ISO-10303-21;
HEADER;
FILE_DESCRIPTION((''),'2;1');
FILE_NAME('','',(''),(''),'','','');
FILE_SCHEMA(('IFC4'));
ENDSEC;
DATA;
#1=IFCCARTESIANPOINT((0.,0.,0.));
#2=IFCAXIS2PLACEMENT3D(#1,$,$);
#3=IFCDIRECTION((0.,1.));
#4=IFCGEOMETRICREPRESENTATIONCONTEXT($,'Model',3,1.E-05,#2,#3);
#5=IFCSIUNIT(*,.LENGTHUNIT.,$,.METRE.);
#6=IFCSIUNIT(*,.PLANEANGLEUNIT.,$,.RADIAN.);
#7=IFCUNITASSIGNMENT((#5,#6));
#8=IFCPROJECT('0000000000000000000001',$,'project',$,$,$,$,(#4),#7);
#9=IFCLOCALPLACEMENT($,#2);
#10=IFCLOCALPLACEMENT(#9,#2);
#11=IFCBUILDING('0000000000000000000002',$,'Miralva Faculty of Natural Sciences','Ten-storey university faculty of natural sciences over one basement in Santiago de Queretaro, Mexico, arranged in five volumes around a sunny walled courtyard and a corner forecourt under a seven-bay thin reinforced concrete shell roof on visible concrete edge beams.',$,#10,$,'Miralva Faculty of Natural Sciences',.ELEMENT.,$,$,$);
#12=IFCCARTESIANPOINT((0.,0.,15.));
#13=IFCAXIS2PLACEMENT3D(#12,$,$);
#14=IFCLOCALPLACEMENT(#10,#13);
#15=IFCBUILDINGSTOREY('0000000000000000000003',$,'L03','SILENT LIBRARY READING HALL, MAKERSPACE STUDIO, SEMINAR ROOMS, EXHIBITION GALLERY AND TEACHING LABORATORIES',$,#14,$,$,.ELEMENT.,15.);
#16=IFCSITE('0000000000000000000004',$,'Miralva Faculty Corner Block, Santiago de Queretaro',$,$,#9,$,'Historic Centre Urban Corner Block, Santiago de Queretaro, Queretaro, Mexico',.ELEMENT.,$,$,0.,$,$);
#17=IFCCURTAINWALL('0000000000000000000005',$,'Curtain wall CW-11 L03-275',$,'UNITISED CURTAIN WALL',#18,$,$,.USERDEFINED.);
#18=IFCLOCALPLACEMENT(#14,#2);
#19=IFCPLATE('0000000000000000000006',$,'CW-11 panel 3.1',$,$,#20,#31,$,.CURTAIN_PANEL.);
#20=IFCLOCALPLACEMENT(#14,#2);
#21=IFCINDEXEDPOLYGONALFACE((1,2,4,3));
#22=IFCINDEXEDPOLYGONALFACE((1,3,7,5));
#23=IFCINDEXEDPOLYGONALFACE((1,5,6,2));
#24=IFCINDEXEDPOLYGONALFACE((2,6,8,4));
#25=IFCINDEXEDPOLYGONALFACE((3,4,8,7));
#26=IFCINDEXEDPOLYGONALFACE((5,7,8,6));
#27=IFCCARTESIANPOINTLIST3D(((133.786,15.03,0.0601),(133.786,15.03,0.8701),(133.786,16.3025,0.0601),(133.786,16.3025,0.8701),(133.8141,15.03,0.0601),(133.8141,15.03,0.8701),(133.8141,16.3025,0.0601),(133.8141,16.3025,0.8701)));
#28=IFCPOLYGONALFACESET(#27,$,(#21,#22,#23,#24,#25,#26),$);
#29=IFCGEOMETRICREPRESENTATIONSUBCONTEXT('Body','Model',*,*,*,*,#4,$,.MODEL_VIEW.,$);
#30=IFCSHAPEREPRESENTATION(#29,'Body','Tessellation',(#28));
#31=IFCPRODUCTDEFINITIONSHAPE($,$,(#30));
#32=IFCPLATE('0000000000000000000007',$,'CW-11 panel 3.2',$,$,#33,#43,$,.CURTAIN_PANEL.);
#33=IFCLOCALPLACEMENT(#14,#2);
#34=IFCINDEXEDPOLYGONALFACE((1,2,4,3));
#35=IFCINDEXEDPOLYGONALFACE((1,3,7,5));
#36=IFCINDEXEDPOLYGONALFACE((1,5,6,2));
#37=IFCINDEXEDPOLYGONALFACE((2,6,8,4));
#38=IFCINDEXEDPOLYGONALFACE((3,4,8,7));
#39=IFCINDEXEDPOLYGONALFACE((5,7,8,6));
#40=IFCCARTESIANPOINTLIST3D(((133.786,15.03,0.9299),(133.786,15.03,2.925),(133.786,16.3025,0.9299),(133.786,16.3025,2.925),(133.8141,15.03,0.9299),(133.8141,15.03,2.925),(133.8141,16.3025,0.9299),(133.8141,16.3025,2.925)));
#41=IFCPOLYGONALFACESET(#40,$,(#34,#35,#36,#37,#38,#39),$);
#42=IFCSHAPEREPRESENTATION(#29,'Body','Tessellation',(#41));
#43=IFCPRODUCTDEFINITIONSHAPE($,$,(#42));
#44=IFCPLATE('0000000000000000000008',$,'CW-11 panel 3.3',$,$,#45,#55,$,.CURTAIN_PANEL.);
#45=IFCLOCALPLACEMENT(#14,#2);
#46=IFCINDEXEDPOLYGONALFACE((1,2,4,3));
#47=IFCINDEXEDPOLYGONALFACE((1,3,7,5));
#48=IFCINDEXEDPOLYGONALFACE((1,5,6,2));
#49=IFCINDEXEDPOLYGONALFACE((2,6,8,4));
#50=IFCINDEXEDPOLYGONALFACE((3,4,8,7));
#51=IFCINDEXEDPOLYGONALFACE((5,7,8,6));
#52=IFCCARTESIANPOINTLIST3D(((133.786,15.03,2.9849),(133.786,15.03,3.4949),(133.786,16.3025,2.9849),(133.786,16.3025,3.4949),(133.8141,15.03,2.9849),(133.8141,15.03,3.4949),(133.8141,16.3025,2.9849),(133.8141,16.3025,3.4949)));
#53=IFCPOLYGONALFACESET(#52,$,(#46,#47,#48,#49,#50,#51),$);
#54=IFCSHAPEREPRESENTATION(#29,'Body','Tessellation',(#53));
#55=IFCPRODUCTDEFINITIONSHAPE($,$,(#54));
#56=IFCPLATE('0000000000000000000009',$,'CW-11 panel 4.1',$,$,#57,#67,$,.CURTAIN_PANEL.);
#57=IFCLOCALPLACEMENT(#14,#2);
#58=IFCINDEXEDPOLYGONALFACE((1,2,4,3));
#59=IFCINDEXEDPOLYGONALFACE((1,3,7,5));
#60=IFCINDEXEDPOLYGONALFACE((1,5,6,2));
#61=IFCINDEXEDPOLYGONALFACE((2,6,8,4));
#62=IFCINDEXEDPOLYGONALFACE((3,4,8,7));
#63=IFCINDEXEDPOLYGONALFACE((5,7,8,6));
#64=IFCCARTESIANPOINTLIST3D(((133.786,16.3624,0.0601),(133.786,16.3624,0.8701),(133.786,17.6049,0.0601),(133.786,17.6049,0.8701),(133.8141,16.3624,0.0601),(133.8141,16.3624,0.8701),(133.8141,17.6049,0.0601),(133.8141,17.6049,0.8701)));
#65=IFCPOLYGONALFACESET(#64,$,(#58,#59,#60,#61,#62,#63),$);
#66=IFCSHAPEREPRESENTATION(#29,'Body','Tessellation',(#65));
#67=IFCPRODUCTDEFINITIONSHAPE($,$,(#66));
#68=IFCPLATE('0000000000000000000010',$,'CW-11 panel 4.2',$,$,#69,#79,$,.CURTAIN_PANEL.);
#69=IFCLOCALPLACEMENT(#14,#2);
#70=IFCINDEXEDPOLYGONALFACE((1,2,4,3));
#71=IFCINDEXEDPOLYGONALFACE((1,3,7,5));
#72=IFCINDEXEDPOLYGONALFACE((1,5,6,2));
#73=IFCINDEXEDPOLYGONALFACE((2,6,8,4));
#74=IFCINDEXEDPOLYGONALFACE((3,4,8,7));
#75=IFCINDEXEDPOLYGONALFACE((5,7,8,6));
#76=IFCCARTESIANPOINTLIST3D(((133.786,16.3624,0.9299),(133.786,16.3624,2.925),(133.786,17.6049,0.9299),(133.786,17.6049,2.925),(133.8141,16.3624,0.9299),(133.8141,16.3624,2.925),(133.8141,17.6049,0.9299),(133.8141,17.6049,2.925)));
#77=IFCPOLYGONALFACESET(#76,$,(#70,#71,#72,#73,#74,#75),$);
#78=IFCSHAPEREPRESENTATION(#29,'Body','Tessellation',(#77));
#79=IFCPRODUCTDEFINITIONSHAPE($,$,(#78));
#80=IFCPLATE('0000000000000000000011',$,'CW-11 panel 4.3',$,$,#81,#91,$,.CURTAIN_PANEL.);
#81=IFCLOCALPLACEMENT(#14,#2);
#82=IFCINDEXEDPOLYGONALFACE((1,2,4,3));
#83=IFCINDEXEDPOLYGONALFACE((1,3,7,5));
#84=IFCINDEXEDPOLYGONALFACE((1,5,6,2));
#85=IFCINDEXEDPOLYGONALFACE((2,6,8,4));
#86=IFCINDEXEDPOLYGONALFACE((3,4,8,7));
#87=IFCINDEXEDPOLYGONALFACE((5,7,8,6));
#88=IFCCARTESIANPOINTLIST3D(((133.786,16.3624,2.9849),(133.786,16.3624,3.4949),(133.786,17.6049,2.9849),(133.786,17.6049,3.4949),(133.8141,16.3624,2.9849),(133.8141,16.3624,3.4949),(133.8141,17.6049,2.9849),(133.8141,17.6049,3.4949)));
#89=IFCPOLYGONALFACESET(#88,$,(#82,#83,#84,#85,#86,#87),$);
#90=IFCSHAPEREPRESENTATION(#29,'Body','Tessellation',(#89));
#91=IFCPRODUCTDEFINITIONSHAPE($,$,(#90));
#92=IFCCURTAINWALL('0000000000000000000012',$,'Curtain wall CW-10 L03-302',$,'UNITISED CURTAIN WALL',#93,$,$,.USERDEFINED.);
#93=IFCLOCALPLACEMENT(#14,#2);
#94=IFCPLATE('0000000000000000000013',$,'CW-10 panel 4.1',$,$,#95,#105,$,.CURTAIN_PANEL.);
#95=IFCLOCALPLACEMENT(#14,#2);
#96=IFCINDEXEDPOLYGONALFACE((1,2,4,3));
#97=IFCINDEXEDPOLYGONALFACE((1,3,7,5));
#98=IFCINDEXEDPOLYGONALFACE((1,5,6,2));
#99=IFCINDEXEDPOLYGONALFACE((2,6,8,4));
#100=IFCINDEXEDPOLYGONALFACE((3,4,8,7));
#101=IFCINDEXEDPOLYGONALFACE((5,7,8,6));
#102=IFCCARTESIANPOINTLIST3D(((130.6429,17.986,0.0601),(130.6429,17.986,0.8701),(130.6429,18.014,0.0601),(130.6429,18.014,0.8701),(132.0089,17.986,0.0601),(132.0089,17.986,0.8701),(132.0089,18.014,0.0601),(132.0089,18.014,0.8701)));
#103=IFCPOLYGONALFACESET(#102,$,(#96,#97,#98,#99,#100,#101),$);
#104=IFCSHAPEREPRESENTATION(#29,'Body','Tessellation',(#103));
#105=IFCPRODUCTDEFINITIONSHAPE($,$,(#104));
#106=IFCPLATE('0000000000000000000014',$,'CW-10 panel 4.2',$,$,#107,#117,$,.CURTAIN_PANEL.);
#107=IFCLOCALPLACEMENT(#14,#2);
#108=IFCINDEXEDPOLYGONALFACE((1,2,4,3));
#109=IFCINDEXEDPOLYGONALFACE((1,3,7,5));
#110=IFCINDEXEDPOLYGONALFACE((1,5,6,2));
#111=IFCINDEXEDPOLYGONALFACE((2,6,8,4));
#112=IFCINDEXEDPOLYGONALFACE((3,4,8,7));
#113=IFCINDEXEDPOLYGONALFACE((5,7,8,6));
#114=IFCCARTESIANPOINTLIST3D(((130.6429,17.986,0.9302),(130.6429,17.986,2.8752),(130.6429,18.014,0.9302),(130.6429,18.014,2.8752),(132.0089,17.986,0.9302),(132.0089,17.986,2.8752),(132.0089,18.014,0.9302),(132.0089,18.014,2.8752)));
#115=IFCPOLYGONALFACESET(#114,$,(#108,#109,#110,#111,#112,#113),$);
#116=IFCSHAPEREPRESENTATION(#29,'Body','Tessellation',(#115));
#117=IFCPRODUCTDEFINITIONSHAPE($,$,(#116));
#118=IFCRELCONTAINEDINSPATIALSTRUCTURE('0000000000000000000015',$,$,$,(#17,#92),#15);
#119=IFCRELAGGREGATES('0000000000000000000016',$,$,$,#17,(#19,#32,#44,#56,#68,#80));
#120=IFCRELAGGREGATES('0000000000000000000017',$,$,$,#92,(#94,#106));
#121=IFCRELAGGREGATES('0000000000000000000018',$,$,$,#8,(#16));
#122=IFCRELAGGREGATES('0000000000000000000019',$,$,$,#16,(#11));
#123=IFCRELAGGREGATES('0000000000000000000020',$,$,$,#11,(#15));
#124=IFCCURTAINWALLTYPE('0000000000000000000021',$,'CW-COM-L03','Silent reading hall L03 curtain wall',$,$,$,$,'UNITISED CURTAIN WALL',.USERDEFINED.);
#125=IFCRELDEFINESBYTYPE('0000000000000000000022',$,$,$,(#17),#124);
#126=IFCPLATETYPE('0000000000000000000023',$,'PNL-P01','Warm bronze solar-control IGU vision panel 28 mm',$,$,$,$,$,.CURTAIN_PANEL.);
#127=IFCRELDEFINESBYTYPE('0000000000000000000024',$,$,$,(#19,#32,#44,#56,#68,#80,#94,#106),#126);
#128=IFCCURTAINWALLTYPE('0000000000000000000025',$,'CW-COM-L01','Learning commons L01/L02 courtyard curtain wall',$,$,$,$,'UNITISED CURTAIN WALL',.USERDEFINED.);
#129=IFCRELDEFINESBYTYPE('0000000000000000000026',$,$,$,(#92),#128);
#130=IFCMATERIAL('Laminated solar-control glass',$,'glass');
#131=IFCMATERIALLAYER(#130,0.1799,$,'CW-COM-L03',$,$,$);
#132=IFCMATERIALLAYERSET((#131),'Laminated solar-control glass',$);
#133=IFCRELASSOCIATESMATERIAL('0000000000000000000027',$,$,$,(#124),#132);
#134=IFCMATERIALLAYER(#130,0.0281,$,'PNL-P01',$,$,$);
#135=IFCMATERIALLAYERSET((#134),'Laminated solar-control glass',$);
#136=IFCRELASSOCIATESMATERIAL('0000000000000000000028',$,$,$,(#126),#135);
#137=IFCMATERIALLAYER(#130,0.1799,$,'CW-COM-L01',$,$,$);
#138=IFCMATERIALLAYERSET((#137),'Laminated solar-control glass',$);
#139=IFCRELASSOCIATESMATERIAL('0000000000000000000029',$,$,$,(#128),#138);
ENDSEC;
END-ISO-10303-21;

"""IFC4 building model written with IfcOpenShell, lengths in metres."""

from ifc_helpers import new_model, si_unit, direction, frame, origin, origin_2d, place, context, subcontext, project, spatial, rectangle, extrude, material, layer, layer_set, type_object, element, aggregate, save


model = new_model("IFC4")

# Units and contexts
model_context = context("Model", 3, precision=1e-05, world=origin(), true_north=direction((0.0, 1.0)))
body_context = subcontext(model_context, "Body", "Model", "MODEL_VIEW")
ifc_project = project(units=[si_unit("LENGTHUNIT", "METRE"), si_unit("PLANEANGLEUNIT", "RADIAN")], contexts=[model_context])

# Site, building, storey
site_placement = place(None, origin())
site = spatial("IfcSite", under=ifc_project, at=site_placement, Name="Miralva Faculty Corner Block, Santiago de Queretaro", LongName="Historic Centre Urban Corner Block, Santiago de Queretaro, Queretaro, Mexico", CompositionType="ELEMENT", RefElevation=0.0)
building_placement = place(site_placement, origin())
building = spatial("IfcBuilding", under=site, at=building_placement, Name="Miralva Faculty of Natural Sciences", Description="Ten-storey university faculty of natural sciences over one basement in Santiago de Queretaro, Mexico, arranged in five volumes around a sunny walled courtyard and a corner forecourt under a seven-bay thin reinforced concrete shell roof on visible concrete edge beams.", LongName="Miralva Faculty of Natural Sciences", CompositionType="ELEMENT")
storey_placement = place(building_placement, frame((0.0, 0.0, 15.0)))
storey = spatial("IfcBuildingStorey", under=building, at=storey_placement, Name="L03", Description="SILENT LIBRARY READING HALL, MAKERSPACE STUDIO, SEMINAR ROOMS, EXHIBITION GALLERY AND TEACHING LABORATORIES", CompositionType="ELEMENT", Elevation=15.0)

# Curtain wall, plates
ifc_material_1 = material(Name="Laminated solar-control glass", Category="glass")
ifc_layer_1 = layer(ifc_material_1, 0.1799, Name="CW-COM-L03")
ifc_layer_set_1 = layer_set([ifc_layer_1], Name="Laminated solar-control glass")
curtain_wall_type_1 = type_object("IfcCurtainWallType", Name="CW-COM-L03", Description="Silent reading hall L03 curtain wall", ElementType="UNITISED CURTAIN WALL", PredefinedType="USERDEFINED", material=ifc_layer_set_1)
curtain_wall_1_placement = place(storey_placement, origin())
curtain_wall_1 = element("IfcCurtainWall", 1, at=curtain_wall_1_placement, inside=storey, type_object=curtain_wall_type_1, Name="Curtain wall CW-11 L03-275", ObjectType="UNITISED CURTAIN WALL", PredefinedType="USERDEFINED")
ifc_layer_2 = layer(ifc_material_1, 0.0281, Name="PNL-P01")
ifc_layer_set_2 = layer_set([ifc_layer_2], Name="Laminated solar-control glass")
plate_type = type_object("IfcPlateType", Name="PNL-P01", Description="Warm bronze solar-control IGU vision panel 28 mm", PredefinedType="CURTAIN_PANEL", material=ifc_layer_set_2)
plate_1_placement = place(storey_placement, frame((133.8, 15.6663, 0.0601), z_axis=(0.0, 0.0, 1.0), x_axis=(0.0, 1.0, 0.0)))
plate_1 = element("IfcPlate", 2, at=plate_1_placement, type_object=plate_type, Name="CW-11 panel 3.1", PredefinedType="CURTAIN_PANEL", context=body_context, shape_type="SweptSolid", body=[
    extrude(rectangle(XDim=1.2725, YDim=0.0281, at=origin_2d()), origin(), (0.0, 0.0, 1.0), 0.8101),
])
plate_2_placement = place(storey_placement, frame((133.8, 15.6663, 0.9299), z_axis=(0.0, 0.0, 1.0), x_axis=(0.0, 1.0, 0.0)))
plate_2 = element("IfcPlate", 3, at=plate_2_placement, type_object=plate_type, Name="CW-11 panel 3.2", PredefinedType="CURTAIN_PANEL", context=body_context, shape_type="SweptSolid", body=[
    extrude(rectangle(XDim=1.2725, YDim=0.0281, at=origin_2d()), origin(), (0.0, 0.0, 1.0), 1.9951),
])
plate_3_placement = place(storey_placement, frame((133.8, 15.6663, 2.9849), z_axis=(0.0, 0.0, 1.0), x_axis=(0.0, 1.0, 0.0)))
plate_3 = element("IfcPlate", 4, at=plate_3_placement, type_object=plate_type, Name="CW-11 panel 3.3", PredefinedType="CURTAIN_PANEL", context=body_context, shape_type="SweptSolid", body=[
    extrude(rectangle(XDim=1.2725, YDim=0.0281, at=origin_2d()), origin(), (0.0, 0.0, 1.0), 0.51),
])
plate_4_placement = place(storey_placement, frame((133.8, 16.9836, 0.0601), z_axis=(0.0, 0.0, 1.0), x_axis=(0.0, 1.0, 0.0)))
plate_4 = element("IfcPlate", 5, at=plate_4_placement, type_object=plate_type, Name="CW-11 panel 4.1", PredefinedType="CURTAIN_PANEL", context=body_context, shape_type="SweptSolid", body=[
    extrude(rectangle(XDim=1.2424, YDim=0.0281, at=origin_2d()), origin(), (0.0, 0.0, 1.0), 0.8101),
])
plate_5_placement = place(storey_placement, frame((133.8, 16.9836, 0.9299), z_axis=(0.0, 0.0, 1.0), x_axis=(0.0, 1.0, 0.0)))
plate_5 = element("IfcPlate", 6, at=plate_5_placement, type_object=plate_type, Name="CW-11 panel 4.2", PredefinedType="CURTAIN_PANEL", context=body_context, shape_type="SweptSolid", body=[
    extrude(rectangle(XDim=1.2424, YDim=0.0281, at=origin_2d()), origin(), (0.0, 0.0, 1.0), 1.9951),
])
plate_6_placement = place(storey_placement, frame((133.8, 16.9836, 2.9849), z_axis=(0.0, 0.0, 1.0), x_axis=(0.0, 1.0, 0.0)))
plate_6 = element("IfcPlate", 7, at=plate_6_placement, type_object=plate_type, Name="CW-11 panel 4.3", PredefinedType="CURTAIN_PANEL", context=body_context, shape_type="SweptSolid", body=[
    extrude(rectangle(XDim=1.2424, YDim=0.0281, at=origin_2d()), origin(), (0.0, 0.0, 1.0), 0.51),
])
aggregate(curtain_wall_1, [plate_1, plate_2, plate_3, plate_4, plate_5, plate_6])

# Curtain wall, plates
ifc_layer_3 = layer(ifc_material_1, 0.1799, Name="CW-COM-L01")
ifc_layer_set_3 = layer_set([ifc_layer_3], Name="Laminated solar-control glass")
curtain_wall_type_2 = type_object("IfcCurtainWallType", Name="CW-COM-L01", Description="Learning commons L01/L02 courtyard curtain wall", ElementType="UNITISED CURTAIN WALL", PredefinedType="USERDEFINED", material=ifc_layer_set_3)
curtain_wall_2_placement = place(storey_placement, origin())
curtain_wall_2 = element("IfcCurtainWall", 8, at=curtain_wall_2_placement, inside=storey, type_object=curtain_wall_type_2, Name="Curtain wall CW-10 L03-302", ObjectType="UNITISED CURTAIN WALL", PredefinedType="USERDEFINED")
plate_7_placement = place(storey_placement, frame((131.3259, 18.0, 0.0601), z_axis=(0.0, 0.0, 1.0), x_axis=(1.0, 0.0, 0.0)))
plate_7 = element("IfcPlate", 9, at=plate_7_placement, type_object=plate_type, Name="CW-10 panel 4.1", PredefinedType="CURTAIN_PANEL", context=body_context, shape_type="SweptSolid", body=[
    extrude(rectangle(XDim=1.366, YDim=0.0281, at=origin_2d()), origin(), (0.0, 0.0, 1.0), 0.8101),
])
plate_8_placement = place(storey_placement, frame((131.3259, 18.0, 0.9302), z_axis=(0.0, 0.0, 1.0), x_axis=(1.0, 0.0, 0.0)))
plate_8 = element("IfcPlate", 10, at=plate_8_placement, type_object=plate_type, Name="CW-10 panel 4.2", PredefinedType="CURTAIN_PANEL", context=body_context, shape_type="SweptSolid", body=[
    extrude(rectangle(XDim=1.366, YDim=0.0281, at=origin_2d()), origin(), (0.0, 0.0, 1.0), 1.9451),
])
aggregate(curtain_wall_2, [plate_7, plate_8])

save(model, "model.ifc")
